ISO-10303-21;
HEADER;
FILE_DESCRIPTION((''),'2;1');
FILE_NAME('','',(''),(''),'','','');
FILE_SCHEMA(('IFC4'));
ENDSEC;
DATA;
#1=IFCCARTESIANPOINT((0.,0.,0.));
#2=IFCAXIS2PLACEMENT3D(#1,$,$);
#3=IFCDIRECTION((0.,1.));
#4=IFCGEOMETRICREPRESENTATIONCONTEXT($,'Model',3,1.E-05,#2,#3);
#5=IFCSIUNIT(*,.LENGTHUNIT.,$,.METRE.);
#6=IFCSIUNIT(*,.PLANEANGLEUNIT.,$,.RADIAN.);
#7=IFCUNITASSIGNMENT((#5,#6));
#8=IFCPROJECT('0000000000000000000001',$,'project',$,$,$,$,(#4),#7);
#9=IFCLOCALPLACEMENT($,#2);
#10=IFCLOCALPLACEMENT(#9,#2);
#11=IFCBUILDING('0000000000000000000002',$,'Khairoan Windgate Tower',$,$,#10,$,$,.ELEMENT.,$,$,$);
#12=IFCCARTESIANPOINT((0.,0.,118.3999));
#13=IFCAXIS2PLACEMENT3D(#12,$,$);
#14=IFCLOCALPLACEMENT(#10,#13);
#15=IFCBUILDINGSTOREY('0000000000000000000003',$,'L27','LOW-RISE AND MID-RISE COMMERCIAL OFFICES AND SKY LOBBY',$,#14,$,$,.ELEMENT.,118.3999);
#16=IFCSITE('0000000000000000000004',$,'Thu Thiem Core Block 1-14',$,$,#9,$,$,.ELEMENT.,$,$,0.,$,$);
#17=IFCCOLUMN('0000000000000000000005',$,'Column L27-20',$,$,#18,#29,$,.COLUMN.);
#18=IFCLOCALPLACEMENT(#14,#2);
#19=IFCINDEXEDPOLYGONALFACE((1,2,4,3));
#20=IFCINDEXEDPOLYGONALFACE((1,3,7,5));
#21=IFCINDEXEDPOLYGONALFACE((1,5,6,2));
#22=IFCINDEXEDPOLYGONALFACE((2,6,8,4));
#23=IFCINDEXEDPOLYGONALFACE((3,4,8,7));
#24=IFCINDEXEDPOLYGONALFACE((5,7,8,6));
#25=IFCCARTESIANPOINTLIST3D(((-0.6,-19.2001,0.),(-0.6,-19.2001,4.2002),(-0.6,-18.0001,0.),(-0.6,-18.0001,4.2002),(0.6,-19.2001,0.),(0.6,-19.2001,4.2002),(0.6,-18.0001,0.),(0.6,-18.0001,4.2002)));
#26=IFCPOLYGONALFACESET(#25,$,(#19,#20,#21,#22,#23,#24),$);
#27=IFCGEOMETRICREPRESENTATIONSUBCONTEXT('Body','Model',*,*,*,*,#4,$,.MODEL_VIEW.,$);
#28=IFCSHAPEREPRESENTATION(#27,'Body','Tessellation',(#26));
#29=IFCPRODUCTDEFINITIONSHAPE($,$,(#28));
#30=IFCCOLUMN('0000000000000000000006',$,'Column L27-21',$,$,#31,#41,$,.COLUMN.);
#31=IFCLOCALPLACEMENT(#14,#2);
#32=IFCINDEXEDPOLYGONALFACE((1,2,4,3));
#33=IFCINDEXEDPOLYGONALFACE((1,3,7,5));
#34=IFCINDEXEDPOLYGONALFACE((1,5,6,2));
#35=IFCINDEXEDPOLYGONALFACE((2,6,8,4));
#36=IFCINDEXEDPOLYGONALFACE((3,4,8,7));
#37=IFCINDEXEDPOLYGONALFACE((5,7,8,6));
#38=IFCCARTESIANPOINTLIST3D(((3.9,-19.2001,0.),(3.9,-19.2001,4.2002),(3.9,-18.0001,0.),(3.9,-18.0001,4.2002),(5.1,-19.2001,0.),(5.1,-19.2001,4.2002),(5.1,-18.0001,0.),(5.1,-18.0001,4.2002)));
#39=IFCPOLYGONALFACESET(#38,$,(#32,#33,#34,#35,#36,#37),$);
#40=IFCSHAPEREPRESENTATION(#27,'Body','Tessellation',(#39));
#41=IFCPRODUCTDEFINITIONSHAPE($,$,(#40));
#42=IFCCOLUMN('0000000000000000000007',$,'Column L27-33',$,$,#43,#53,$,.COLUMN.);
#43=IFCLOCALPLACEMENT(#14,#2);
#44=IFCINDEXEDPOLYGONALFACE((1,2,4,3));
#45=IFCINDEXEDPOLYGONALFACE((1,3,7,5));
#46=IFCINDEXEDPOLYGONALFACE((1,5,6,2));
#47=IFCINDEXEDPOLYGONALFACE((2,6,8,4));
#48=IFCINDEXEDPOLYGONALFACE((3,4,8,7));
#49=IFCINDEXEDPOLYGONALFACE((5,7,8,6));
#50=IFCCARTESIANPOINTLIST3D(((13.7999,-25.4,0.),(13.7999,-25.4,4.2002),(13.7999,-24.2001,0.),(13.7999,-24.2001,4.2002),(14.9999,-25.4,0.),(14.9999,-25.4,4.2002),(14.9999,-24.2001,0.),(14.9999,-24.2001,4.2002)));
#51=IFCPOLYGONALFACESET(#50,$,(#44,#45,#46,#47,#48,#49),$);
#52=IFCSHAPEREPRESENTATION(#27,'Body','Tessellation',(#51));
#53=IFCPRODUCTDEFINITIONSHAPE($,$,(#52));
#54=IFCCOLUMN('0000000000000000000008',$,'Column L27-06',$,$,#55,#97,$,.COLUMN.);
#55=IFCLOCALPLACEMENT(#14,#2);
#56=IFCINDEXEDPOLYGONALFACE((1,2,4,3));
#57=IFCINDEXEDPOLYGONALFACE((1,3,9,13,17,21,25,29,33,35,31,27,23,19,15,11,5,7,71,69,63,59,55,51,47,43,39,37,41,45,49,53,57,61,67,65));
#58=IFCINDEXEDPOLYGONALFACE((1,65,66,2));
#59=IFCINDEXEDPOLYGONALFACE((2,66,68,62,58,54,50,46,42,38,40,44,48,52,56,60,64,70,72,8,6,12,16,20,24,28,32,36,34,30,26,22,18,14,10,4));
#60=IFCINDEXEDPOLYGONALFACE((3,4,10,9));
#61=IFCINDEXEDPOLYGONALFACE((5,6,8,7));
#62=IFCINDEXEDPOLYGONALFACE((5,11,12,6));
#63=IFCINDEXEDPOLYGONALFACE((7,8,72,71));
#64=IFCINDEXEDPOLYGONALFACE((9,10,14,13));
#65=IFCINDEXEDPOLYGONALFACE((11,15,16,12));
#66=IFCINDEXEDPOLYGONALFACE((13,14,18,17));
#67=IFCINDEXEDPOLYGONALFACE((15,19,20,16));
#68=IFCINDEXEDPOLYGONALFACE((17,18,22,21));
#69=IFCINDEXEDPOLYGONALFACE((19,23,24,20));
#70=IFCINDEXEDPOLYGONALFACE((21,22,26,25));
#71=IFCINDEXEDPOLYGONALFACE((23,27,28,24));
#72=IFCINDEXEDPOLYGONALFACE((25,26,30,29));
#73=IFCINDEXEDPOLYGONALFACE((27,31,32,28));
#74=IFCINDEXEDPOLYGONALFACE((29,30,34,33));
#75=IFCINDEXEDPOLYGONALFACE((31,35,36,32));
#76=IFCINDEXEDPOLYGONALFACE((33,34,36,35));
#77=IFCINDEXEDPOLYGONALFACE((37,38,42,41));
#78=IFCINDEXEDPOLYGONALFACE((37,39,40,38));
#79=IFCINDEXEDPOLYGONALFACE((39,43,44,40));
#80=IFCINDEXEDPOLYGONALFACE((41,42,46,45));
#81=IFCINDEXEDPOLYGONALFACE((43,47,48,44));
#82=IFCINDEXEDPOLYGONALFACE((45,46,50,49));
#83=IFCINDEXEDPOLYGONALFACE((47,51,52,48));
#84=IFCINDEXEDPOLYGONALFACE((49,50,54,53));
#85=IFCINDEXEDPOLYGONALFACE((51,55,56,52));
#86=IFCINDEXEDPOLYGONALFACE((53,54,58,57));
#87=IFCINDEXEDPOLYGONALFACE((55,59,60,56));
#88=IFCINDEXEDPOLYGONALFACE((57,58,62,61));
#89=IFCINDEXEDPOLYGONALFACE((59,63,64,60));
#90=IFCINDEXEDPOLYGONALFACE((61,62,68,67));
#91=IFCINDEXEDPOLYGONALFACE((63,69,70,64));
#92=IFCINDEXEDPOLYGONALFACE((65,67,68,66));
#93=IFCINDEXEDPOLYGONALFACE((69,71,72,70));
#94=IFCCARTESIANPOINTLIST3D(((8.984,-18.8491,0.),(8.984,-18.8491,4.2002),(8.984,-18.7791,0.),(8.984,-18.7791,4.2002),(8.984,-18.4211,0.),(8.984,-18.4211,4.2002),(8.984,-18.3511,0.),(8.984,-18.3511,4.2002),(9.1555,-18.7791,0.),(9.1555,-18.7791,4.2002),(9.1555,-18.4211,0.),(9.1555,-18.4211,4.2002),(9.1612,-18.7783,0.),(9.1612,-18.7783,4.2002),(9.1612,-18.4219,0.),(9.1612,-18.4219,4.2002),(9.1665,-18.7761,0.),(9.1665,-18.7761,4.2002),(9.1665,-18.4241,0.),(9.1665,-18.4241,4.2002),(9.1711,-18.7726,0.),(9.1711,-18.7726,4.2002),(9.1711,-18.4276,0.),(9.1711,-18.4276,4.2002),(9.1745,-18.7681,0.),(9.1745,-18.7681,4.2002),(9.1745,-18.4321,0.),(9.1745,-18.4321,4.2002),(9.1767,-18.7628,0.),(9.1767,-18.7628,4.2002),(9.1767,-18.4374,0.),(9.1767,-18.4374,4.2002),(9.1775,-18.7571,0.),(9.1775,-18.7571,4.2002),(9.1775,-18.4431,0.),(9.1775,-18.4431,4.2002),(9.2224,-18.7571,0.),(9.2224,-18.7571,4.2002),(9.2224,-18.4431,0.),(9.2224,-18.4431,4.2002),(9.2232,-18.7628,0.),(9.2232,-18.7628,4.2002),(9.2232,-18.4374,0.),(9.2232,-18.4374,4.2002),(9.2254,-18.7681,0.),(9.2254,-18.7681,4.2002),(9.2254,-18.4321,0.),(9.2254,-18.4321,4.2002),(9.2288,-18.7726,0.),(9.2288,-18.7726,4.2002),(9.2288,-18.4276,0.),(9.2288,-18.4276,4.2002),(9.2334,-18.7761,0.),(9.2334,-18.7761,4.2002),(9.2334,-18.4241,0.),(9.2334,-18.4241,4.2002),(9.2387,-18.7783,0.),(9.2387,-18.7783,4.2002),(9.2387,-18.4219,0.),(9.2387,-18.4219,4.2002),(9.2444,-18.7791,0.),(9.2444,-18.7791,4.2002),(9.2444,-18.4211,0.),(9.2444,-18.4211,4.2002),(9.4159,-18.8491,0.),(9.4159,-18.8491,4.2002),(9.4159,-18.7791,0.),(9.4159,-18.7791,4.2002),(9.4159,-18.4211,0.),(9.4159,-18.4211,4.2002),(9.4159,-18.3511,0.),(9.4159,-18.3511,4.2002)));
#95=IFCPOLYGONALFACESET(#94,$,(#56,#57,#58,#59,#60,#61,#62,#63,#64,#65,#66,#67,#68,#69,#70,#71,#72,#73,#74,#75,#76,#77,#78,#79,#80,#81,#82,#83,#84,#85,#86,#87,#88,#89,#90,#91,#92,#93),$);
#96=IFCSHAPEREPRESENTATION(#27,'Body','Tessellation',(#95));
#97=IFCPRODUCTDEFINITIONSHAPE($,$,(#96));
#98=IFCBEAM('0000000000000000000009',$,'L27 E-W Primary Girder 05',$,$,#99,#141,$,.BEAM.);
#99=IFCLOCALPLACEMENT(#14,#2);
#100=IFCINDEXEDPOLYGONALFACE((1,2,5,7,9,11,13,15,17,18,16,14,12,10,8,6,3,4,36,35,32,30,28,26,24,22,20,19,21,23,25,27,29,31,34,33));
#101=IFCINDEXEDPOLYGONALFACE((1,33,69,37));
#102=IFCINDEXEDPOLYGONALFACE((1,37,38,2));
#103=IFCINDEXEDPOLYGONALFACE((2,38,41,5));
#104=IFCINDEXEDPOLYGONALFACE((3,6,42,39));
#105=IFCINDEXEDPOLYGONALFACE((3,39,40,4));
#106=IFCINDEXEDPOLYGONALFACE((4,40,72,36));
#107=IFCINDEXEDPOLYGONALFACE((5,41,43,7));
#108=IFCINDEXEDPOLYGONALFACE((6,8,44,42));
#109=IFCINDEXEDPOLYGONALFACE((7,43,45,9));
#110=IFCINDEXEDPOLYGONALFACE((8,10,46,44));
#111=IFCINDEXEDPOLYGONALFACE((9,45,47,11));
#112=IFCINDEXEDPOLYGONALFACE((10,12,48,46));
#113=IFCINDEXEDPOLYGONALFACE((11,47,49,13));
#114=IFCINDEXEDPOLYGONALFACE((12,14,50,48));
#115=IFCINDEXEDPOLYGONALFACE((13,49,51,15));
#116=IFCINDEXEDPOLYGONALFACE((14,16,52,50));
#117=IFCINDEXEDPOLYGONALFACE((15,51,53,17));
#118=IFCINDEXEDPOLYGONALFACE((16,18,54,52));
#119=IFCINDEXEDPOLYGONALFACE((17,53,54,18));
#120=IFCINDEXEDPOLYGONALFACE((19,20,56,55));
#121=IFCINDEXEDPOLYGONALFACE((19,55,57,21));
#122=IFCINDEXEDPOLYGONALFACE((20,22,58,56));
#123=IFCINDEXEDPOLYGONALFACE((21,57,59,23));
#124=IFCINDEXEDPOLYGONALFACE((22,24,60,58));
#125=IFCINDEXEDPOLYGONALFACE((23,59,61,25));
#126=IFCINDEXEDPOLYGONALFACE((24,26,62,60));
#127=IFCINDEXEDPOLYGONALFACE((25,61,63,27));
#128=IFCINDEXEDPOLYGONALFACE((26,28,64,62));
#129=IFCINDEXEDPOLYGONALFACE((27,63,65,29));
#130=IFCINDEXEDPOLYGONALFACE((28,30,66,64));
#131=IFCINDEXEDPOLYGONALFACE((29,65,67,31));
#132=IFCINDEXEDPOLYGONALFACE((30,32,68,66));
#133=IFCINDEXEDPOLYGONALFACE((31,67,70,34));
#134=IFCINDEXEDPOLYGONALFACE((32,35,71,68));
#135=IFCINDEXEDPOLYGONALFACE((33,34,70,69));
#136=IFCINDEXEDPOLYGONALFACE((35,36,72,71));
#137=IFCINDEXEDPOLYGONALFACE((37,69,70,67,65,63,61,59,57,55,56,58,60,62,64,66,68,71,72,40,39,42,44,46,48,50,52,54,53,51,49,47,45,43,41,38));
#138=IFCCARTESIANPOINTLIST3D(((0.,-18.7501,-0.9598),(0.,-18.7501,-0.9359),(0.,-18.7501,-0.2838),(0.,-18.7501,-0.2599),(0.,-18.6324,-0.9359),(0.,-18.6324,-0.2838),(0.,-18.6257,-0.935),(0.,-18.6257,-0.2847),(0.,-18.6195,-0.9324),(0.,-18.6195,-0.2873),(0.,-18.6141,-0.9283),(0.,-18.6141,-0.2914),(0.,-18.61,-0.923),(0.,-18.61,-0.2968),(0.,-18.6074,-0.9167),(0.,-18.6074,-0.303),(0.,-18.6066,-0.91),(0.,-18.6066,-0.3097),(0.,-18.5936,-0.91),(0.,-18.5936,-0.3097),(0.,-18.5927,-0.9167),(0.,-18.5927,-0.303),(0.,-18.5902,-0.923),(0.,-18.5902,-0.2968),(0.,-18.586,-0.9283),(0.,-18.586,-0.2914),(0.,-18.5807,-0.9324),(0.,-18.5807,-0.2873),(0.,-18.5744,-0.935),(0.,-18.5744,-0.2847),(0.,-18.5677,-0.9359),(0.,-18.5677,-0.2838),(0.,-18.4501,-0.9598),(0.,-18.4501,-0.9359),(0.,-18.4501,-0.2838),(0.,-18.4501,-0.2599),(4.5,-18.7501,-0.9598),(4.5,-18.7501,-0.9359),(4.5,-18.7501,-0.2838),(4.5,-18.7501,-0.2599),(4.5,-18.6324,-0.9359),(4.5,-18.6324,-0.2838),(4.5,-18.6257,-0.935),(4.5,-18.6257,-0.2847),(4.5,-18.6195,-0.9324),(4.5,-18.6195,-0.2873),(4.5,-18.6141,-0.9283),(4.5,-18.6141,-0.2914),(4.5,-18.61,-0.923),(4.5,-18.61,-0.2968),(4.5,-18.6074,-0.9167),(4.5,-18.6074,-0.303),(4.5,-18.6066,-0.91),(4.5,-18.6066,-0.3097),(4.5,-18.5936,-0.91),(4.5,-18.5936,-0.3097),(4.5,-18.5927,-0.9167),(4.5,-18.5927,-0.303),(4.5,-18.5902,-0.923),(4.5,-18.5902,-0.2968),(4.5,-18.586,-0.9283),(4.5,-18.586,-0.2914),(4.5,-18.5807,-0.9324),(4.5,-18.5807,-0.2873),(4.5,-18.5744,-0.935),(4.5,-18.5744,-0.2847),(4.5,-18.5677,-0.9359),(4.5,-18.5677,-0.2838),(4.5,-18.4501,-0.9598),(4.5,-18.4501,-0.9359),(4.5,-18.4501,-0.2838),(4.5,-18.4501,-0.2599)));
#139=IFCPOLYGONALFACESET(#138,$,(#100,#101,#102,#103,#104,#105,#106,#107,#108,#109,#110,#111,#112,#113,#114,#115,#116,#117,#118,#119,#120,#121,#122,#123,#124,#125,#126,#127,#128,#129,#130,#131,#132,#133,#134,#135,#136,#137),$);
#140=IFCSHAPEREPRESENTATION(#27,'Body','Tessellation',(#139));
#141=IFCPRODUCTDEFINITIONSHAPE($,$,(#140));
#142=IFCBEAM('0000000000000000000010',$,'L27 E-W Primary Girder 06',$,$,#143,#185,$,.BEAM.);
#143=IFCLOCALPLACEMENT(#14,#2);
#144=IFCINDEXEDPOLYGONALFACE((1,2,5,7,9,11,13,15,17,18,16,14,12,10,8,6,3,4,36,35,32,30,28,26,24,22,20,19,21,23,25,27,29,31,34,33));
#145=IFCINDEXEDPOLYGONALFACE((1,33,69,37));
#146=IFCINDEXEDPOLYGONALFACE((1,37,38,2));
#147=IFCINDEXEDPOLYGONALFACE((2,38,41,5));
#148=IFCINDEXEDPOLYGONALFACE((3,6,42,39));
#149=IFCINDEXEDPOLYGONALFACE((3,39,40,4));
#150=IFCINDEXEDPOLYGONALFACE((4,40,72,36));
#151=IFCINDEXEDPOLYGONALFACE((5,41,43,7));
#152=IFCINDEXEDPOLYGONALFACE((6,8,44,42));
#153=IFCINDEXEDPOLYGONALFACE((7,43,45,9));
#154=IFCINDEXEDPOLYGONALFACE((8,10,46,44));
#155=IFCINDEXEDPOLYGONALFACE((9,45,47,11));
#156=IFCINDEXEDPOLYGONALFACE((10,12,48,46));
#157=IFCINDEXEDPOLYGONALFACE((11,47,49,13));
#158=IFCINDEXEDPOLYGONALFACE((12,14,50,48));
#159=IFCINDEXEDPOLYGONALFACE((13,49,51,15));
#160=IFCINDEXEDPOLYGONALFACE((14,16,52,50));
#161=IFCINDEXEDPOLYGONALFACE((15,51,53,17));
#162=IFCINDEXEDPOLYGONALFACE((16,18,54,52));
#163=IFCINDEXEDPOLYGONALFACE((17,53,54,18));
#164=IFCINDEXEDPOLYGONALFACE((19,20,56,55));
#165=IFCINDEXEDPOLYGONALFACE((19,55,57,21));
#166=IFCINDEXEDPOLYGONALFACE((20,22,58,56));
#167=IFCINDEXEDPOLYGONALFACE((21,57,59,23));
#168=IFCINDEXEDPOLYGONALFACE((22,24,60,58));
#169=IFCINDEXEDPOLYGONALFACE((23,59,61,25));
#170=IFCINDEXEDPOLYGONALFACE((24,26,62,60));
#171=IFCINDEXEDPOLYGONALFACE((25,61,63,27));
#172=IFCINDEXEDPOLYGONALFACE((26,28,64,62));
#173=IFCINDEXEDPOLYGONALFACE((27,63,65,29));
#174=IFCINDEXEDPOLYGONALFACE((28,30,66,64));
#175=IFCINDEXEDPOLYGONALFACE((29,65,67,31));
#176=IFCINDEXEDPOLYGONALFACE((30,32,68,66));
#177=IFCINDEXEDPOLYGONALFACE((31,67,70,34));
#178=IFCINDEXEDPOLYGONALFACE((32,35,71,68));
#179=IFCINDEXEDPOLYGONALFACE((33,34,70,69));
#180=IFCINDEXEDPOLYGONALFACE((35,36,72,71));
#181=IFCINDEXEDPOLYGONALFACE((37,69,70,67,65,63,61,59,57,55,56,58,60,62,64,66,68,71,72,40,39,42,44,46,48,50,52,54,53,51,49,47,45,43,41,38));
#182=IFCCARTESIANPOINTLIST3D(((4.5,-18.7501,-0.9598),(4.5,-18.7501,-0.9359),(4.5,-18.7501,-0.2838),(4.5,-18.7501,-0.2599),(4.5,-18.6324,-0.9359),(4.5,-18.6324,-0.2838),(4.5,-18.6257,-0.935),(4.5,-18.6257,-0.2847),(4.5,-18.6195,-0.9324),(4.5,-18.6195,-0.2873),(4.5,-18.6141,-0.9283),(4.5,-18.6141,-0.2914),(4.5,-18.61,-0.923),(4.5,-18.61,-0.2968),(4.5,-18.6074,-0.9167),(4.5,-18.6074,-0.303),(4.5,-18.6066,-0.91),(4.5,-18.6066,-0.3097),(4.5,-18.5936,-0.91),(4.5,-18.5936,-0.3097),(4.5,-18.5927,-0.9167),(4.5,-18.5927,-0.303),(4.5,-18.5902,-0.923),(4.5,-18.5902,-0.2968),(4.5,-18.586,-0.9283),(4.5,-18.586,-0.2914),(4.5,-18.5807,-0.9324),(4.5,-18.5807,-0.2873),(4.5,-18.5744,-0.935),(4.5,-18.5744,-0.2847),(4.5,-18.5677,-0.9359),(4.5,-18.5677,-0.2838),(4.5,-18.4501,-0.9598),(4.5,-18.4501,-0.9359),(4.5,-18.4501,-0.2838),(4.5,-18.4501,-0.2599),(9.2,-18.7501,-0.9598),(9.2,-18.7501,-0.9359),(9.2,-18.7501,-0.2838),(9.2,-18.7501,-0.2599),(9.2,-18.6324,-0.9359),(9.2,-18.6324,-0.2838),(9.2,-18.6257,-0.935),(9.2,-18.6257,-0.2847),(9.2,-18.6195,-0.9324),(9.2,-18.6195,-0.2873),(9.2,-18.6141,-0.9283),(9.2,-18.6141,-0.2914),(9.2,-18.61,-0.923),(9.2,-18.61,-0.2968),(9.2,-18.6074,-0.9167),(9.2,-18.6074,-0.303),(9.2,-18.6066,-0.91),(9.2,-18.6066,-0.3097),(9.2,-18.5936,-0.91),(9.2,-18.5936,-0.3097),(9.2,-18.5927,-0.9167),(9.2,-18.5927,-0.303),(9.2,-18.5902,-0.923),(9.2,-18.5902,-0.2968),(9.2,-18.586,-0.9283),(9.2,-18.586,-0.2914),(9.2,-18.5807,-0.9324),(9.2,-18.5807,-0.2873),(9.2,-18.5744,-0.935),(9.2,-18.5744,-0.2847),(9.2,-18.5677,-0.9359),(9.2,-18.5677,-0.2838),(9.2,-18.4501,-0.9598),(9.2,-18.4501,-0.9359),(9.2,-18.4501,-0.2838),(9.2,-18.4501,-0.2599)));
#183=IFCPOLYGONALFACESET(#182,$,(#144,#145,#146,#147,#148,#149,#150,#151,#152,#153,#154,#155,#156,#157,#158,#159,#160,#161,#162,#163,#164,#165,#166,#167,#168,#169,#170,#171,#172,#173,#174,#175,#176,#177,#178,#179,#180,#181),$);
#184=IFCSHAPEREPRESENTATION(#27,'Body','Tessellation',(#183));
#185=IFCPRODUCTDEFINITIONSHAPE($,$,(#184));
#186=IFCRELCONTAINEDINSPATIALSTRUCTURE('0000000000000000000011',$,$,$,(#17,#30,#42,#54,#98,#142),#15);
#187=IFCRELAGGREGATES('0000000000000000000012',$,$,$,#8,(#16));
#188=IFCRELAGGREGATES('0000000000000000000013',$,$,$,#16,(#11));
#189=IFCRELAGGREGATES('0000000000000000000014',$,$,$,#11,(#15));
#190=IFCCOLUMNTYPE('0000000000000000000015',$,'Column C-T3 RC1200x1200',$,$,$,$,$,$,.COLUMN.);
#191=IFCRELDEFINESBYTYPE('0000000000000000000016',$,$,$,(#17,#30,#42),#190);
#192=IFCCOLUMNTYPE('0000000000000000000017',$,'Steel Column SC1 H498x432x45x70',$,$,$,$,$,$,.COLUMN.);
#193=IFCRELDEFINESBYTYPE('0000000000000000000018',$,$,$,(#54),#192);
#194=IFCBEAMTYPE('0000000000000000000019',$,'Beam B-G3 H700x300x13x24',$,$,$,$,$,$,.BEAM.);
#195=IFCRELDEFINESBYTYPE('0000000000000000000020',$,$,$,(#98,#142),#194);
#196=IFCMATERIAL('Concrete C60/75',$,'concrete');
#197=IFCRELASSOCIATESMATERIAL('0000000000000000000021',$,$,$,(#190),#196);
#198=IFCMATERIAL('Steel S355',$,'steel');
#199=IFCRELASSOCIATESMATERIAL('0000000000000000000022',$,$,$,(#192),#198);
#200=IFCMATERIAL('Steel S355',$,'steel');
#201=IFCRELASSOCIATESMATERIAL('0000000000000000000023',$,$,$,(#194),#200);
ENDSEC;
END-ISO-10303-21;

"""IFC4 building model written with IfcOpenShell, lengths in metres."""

from ifc_helpers import new_model, si_unit, direction, frame, origin, origin_2d, place, context, subcontext, project, spatial, rectangle, i_section, extrude, material, material_profile, profile_set, type_object, element, save


model = new_model("IFC4")

# Units and contexts
model_context = context("Model", 3, precision=1e-05, world=origin(), true_north=direction((0.0, 1.0)))
body_context = subcontext(model_context, "Body", "Model", "MODEL_VIEW")
ifc_project = project(units=[si_unit("LENGTHUNIT", "METRE"), si_unit("PLANEANGLEUNIT", "RADIAN")], contexts=[model_context])

# Site, building, storey
site_placement = place(None, origin())
site = spatial("IfcSite", under=ifc_project, at=site_placement, Name="Thu Thiem Core Block 1-14", CompositionType="ELEMENT", RefElevation=0.0)
building_placement = place(site_placement, origin())
building = spatial("IfcBuilding", under=site, at=building_placement, Name="Khairoan Windgate Tower", CompositionType="ELEMENT")
storey_placement = place(building_placement, frame((0.0, 0.0, 118.3999)))
storey = spatial("IfcBuildingStorey", under=building, at=storey_placement, Name="L27", Description="LOW-RISE AND MID-RISE COMMERCIAL OFFICES AND SKY LOBBY", CompositionType="ELEMENT", Elevation=118.3999)

# Columns
ifc_material_1 = material(Name="Concrete C60/75", Category="concrete")
ifc_material_profile_1 = material_profile(ifc_material_1, rectangle(XDim=1.2, YDim=1.2, at=origin_2d()))
ifc_profile_set_1 = profile_set([ifc_material_profile_1], Name="Concrete C60/75")
column_type_1 = type_object("IfcColumnType", Name="Column C-T3 RC1200x1200", PredefinedType="COLUMN", material=ifc_profile_set_1)
for number, where, z_axis, x_axis, name in (
    (1, (0.0, -18.6001, 0.0), (0.0, 0.0, 1.0), (1.0, 0.0, 0.0), "Column L27-20"),
    (2, (4.5, -18.6001, 0.0), (0.0, 0.0, 1.0), (1.0, 0.0, 0.0), "Column L27-21"),
    (3, (14.3999, -24.8, 0.0), (0.0, 0.0, 1.0), (1.0, 0.0, 0.0), "Column L27-33"),
):
    element("IfcColumn", number, at=place(storey_placement, frame(where, z_axis=z_axis, x_axis=x_axis)), inside=storey, type_object=column_type_1, Name=name, PredefinedType="COLUMN", context=body_context, shape_type="SweptSolid", body=[
        extrude(rectangle(XDim=1.2, YDim=1.2, at=origin_2d()), origin(), (0.0, 0.0, 1.0), 4.2002),
    ])
ifc_material_2 = material(Name="Steel S355", Category="steel")
ifc_material_profile_2 = material_profile(ifc_material_2, i_section(OverallWidth=0.4319, OverallDepth=0.498, WebThickness=0.0449, FlangeThickness=0.0701, FilletRadius=0.022, at=origin_2d()))
ifc_profile_set_2 = profile_set([ifc_material_profile_2], Name="Steel S355")
column_type_2 = type_object("IfcColumnType", Name="Steel Column SC1 H498x432x45x70", PredefinedType="COLUMN", material=ifc_profile_set_2)
column_placement = place(storey_placement, frame((9.2, -18.6001, 0.0), z_axis=(0.0, 0.0, 1.0), x_axis=(1.0, 0.0, 0.0)))
element("IfcColumn", 4, at=column_placement, inside=storey, type_object=column_type_2, Name="Column L27-06", PredefinedType="COLUMN", context=body_context, shape_type="SweptSolid", body=[
    extrude(i_section(OverallWidth=0.4319, OverallDepth=0.498, WebThickness=0.0449, FlangeThickness=0.0701, FilletRadius=0.022, at=origin_2d()), origin(), (0.0, 0.0, 1.0), 4.2002),
])

# Beams
ifc_material_3 = material(Name="Steel S355", Category="steel")
ifc_material_profile_3 = material_profile(ifc_material_3, i_section(OverallWidth=0.3, OverallDepth=0.7, WebThickness=0.0129, FlangeThickness=0.0239, FilletRadius=0.0259, at=origin_2d()))
ifc_profile_set_3 = profile_set([ifc_material_profile_3], Name="Steel S355")
beam_type = type_object("IfcBeamType", Name="Beam B-G3 H700x300x13x24", PredefinedType="BEAM", material=ifc_profile_set_3)
beam_1_placement = place(storey_placement, frame((0.0, -18.6001, -0.6099), z_axis=(1.0, 0.0, 0.0), x_axis=(0.0, 1.0, 0.0)))
element("IfcBeam", 5, at=beam_1_placement, inside=storey, type_object=beam_type, Name="L27 E-W Primary Girder 05", PredefinedType="BEAM", context=body_context, shape_type="SweptSolid", body=[
    extrude(i_section(OverallWidth=0.3, OverallDepth=0.7, WebThickness=0.0129, FlangeThickness=0.0239, FilletRadius=0.0259, at=origin_2d()), origin(), (0.0, 0.0, 1.0), 4.5),
])
beam_2_placement = place(storey_placement, frame((4.5, -18.6001, -0.6099), z_axis=(1.0, 0.0, 0.0), x_axis=(0.0, 1.0, 0.0)))
element("IfcBeam", 6, at=beam_2_placement, inside=storey, type_object=beam_type, Name="L27 E-W Primary Girder 06", PredefinedType="BEAM", context=body_context, shape_type="SweptSolid", body=[
    extrude(i_section(OverallWidth=0.3, OverallDepth=0.7, WebThickness=0.0129, FlangeThickness=0.0239, FilletRadius=0.0259, at=origin_2d()), origin(), (0.0, 0.0, 1.0), 4.7),
])

save(model, "model.ifc")
